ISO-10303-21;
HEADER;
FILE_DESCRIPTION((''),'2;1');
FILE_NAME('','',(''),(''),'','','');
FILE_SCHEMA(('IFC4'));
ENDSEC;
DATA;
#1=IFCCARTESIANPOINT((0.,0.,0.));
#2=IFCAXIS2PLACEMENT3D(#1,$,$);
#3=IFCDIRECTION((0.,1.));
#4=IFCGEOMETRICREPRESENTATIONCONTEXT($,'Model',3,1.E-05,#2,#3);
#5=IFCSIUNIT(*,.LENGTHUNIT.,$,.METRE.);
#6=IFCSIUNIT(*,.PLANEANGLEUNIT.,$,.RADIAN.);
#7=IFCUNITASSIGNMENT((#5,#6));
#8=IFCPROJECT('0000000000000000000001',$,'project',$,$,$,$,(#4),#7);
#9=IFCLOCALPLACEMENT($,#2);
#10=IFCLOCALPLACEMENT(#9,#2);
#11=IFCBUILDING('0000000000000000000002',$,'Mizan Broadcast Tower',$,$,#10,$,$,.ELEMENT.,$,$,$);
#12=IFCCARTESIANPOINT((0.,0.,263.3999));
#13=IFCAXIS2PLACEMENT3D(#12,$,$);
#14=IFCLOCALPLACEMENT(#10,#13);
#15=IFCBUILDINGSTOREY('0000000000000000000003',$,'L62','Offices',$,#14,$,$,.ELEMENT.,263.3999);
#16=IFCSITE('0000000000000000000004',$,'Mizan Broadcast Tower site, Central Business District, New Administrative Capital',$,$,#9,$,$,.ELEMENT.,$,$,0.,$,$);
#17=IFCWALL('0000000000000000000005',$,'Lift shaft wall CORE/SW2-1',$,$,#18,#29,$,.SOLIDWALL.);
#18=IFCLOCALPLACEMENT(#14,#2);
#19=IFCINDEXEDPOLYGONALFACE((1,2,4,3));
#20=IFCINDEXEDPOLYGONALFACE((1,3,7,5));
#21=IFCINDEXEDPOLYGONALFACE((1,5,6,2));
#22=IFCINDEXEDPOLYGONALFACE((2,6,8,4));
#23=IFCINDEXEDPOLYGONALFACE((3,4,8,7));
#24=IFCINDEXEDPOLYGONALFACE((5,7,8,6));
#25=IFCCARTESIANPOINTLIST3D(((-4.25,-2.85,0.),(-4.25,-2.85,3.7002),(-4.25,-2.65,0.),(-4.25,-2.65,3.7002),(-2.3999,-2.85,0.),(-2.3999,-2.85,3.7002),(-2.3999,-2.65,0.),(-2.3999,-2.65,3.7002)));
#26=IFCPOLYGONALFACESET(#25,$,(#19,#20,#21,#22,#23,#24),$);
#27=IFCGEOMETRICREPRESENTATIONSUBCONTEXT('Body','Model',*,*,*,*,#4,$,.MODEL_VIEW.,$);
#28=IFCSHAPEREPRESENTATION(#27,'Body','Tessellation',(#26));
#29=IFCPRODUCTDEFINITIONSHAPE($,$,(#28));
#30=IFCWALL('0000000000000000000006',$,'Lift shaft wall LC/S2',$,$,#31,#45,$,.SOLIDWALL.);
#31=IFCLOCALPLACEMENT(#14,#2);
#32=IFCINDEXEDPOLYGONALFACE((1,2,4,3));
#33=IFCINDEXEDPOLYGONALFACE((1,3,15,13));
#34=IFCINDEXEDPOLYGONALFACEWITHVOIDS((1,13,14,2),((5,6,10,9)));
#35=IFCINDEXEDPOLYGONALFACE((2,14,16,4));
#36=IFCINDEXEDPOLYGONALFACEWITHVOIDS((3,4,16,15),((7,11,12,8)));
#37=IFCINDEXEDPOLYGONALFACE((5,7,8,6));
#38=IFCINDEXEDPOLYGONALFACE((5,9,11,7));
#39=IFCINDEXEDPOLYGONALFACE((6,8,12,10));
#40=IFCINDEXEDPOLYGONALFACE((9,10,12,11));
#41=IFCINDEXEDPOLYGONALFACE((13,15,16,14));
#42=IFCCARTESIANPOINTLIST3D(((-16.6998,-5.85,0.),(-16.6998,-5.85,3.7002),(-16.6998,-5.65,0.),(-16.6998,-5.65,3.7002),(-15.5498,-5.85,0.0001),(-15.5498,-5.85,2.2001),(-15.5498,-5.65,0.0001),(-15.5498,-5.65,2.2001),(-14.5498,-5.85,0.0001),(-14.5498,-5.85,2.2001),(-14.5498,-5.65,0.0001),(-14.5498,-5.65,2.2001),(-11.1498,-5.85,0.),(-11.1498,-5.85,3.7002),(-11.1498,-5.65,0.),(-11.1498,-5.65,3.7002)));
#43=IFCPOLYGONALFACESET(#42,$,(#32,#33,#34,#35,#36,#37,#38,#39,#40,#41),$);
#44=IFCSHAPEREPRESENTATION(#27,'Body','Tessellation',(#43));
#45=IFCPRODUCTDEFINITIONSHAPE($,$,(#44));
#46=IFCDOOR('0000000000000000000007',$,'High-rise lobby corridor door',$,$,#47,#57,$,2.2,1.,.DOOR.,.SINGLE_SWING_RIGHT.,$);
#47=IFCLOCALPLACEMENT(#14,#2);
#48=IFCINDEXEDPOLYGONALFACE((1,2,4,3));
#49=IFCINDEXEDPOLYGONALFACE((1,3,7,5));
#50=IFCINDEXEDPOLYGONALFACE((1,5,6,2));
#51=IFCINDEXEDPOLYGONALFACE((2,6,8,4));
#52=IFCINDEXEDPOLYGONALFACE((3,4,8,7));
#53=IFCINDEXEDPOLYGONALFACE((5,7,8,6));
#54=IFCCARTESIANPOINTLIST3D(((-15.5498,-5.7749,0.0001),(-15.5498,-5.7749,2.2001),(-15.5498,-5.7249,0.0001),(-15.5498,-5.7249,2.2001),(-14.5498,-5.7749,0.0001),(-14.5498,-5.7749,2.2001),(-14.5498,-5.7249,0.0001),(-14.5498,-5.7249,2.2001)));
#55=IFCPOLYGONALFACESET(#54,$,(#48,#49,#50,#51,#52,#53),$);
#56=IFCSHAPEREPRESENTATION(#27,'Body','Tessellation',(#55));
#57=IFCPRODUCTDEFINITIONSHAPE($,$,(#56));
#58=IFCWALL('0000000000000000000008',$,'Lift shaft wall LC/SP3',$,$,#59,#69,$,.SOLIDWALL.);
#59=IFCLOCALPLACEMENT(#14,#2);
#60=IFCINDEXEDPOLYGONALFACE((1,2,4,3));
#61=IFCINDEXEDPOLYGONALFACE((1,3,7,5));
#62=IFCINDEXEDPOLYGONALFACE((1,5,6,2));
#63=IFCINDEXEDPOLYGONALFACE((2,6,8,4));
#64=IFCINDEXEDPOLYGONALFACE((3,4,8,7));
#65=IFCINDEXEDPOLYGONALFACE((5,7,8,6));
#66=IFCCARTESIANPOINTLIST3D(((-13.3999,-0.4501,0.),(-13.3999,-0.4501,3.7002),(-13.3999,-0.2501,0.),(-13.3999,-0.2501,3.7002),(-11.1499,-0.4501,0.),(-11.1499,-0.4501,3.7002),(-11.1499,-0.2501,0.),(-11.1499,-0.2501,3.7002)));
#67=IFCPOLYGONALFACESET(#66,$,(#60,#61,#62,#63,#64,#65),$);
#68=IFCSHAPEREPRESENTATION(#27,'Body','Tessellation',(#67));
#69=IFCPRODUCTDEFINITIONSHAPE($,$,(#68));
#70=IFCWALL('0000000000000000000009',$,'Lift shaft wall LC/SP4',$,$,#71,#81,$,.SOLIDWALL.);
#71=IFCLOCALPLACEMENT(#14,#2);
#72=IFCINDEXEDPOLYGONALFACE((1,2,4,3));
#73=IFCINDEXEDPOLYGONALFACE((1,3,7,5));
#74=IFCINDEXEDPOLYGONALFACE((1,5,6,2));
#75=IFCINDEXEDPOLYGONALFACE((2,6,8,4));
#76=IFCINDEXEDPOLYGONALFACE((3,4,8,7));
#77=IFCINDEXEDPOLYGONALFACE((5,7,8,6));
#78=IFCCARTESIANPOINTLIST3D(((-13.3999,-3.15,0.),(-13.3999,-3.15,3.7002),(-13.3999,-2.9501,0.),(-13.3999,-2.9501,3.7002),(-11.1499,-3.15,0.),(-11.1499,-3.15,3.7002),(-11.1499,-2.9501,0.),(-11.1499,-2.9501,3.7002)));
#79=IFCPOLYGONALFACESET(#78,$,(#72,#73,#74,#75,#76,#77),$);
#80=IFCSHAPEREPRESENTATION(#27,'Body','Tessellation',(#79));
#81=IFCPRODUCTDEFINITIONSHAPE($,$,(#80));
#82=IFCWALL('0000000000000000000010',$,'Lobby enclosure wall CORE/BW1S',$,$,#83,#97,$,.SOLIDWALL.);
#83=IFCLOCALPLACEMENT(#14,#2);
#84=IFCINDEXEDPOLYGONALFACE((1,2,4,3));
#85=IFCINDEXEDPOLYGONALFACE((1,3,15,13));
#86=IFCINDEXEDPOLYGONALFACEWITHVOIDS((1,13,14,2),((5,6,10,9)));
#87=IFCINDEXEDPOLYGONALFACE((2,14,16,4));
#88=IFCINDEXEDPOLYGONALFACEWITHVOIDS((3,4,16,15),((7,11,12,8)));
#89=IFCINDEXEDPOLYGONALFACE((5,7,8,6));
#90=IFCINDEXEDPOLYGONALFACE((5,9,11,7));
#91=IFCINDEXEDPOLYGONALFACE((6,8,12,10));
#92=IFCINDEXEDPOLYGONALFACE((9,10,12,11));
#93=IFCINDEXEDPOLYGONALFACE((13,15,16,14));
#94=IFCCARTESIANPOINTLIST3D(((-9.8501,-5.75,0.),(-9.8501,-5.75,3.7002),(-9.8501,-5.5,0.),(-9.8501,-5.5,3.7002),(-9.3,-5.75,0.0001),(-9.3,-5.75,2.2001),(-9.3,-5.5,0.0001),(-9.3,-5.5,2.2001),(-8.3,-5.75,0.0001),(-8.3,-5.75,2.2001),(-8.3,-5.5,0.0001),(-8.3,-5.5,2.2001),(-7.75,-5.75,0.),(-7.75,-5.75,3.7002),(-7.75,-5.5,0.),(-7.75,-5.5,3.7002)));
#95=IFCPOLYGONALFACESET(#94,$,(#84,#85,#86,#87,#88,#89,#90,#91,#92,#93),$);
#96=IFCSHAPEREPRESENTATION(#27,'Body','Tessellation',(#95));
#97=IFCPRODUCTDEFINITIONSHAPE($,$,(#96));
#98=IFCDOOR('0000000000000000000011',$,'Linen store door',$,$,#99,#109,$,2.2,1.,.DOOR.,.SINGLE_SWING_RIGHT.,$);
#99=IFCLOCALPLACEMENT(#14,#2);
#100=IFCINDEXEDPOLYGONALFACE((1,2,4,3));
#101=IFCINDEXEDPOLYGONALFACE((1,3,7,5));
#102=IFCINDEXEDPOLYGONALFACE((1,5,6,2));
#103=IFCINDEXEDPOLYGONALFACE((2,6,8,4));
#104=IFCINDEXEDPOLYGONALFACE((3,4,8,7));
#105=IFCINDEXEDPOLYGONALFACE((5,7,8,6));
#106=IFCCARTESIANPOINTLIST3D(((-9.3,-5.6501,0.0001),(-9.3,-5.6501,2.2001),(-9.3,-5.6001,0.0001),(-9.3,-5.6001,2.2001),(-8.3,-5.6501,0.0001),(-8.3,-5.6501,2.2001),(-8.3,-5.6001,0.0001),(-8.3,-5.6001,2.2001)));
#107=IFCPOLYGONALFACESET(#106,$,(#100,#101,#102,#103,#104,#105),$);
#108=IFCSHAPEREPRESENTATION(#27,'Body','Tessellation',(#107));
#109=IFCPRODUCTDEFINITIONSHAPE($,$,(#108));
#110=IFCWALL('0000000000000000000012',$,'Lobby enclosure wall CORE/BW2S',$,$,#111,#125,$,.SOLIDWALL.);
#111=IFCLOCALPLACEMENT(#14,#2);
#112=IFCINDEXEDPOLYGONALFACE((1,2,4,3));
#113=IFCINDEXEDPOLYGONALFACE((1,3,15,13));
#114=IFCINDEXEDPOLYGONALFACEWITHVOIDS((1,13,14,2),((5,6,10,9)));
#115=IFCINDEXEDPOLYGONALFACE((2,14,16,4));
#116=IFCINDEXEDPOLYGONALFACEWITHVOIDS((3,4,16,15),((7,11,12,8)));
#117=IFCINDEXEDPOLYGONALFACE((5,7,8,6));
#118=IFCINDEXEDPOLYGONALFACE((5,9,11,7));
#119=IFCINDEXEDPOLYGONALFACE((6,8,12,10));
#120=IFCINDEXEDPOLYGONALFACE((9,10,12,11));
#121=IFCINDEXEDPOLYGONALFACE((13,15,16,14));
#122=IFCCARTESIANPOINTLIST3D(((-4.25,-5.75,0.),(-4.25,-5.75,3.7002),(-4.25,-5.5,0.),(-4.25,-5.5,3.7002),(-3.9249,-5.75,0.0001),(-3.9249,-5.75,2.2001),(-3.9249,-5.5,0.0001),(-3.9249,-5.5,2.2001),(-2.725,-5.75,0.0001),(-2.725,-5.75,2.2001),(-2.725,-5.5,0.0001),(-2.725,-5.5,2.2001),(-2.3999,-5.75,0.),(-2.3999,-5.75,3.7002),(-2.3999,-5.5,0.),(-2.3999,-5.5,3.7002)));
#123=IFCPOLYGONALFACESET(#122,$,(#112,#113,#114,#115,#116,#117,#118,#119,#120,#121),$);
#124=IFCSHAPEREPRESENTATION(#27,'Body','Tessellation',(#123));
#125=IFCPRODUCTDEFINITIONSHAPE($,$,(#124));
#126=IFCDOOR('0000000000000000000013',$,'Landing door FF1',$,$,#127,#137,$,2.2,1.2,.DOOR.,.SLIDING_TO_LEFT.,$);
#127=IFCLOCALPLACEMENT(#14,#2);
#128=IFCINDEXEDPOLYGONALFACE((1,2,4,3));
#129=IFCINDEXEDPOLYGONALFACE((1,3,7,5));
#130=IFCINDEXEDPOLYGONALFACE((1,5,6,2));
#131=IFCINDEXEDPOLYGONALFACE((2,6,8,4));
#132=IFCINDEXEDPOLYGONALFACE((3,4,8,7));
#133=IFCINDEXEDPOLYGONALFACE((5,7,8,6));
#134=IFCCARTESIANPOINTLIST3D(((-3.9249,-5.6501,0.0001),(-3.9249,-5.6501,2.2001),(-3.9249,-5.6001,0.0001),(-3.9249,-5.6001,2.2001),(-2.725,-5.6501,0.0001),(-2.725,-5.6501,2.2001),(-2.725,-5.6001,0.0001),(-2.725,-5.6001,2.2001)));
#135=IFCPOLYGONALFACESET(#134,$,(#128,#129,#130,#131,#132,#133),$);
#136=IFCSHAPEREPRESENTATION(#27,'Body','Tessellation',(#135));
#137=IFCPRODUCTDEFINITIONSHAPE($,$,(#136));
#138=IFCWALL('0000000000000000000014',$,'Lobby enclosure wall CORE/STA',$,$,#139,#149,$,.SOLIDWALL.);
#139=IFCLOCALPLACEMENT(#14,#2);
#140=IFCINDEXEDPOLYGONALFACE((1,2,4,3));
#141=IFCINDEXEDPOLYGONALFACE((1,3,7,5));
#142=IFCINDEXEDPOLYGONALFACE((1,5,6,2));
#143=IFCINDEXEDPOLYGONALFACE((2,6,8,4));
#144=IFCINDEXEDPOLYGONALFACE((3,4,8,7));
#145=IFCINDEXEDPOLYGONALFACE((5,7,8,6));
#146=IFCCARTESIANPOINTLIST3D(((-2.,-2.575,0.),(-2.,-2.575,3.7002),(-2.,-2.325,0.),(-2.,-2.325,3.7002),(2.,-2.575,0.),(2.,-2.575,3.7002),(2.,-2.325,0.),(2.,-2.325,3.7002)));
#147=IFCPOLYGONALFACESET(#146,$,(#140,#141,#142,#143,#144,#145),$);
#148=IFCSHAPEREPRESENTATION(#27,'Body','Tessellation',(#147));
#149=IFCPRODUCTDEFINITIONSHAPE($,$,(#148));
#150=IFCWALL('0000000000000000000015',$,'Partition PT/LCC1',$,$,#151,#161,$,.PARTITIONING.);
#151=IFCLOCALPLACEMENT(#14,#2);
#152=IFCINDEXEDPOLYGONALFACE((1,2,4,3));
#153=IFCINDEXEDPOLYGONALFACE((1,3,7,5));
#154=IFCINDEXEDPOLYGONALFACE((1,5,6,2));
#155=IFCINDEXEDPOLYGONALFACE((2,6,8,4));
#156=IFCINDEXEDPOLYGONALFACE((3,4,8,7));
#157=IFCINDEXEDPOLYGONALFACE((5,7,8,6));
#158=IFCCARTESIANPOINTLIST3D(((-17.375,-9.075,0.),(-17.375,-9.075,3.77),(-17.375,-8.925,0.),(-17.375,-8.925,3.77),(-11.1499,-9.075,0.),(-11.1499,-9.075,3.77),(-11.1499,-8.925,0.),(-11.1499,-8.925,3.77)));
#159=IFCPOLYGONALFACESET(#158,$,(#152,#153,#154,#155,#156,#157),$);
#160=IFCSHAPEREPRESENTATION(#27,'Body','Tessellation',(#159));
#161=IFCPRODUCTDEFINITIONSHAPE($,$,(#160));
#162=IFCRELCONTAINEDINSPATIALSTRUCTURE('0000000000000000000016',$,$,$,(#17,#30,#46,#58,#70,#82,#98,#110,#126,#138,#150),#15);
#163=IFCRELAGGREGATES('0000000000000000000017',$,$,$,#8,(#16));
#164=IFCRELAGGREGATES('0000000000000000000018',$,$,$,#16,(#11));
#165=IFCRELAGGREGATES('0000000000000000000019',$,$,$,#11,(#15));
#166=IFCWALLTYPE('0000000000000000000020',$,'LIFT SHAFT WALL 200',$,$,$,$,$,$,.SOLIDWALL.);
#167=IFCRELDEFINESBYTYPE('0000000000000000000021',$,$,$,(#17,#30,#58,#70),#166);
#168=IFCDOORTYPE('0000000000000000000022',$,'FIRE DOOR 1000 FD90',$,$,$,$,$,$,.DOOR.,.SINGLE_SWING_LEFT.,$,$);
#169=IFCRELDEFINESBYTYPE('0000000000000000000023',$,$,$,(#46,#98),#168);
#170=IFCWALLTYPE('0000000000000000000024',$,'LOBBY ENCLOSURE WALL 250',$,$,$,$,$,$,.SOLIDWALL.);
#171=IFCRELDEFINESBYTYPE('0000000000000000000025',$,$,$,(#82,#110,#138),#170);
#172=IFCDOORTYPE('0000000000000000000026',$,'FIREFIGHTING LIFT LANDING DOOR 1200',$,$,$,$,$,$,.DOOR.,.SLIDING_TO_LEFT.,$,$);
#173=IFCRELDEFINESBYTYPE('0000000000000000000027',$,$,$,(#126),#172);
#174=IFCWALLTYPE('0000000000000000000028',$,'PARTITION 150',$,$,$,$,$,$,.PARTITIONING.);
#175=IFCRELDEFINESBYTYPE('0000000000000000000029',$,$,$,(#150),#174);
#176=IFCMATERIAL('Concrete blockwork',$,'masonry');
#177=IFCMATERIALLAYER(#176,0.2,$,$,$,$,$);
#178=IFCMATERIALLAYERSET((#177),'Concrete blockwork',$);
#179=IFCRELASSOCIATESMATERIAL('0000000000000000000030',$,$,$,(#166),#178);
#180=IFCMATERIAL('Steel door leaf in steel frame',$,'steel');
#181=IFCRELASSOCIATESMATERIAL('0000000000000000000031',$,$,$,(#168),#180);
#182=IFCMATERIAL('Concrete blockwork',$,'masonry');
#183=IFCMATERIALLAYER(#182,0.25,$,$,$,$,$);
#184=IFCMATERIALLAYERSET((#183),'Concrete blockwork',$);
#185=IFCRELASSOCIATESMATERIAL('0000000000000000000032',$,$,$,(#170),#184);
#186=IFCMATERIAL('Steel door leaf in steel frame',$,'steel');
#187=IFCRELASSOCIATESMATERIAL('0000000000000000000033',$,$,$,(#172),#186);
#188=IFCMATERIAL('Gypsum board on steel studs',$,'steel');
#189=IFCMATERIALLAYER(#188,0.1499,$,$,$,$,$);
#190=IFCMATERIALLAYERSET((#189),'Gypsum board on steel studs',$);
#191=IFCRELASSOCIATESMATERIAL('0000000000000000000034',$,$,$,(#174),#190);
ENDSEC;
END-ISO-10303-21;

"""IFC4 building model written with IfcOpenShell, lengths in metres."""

from ifc_helpers import new_model, si_unit, direction, frame, frame_2d, origin, place, context, subcontext, project, spatial, rectangle, extrude, material, layer, layer_set, type_object, element, fill, save


model = new_model("IFC4")

# Units and contexts
model_context = context("Model", 3, precision=1e-05, world=origin(), true_north=direction((0.0, 1.0)))
body_context = subcontext(model_context, "Body", "Model", "MODEL_VIEW")
ifc_project = project(units=[si_unit("LENGTHUNIT", "METRE"), si_unit("PLANEANGLEUNIT", "RADIAN")], contexts=[model_context])

# Site, building, storey
site_placement = place(None, origin())
site = spatial("IfcSite", under=ifc_project, at=site_placement, Name="Mizan Broadcast Tower site, Central Business District, New Administrative Capital", CompositionType="ELEMENT", RefElevation=0.0)
building_placement = place(site_placement, origin())
building = spatial("IfcBuilding", under=site, at=building_placement, Name="Mizan Broadcast Tower", CompositionType="ELEMENT")
storey_placement = place(building_placement, frame((0.0, 0.0, 263.3999)))
storey = spatial("IfcBuildingStorey", under=building, at=storey_placement, Name="L62", Description="Offices", CompositionType="ELEMENT", Elevation=263.3999)

# Wall
ifc_material_1 = material(Name="Concrete blockwork", Category="masonry")
ifc_layer_1 = layer(ifc_material_1, 0.2)
ifc_layer_set_1 = layer_set([ifc_layer_1], Name="Concrete blockwork")
wall_type_1 = type_object("IfcWallType", Name="LIFT SHAFT WALL 200", PredefinedType="SOLIDWALL", material=ifc_layer_set_1)
wall_1_placement = place(storey_placement, frame((-4.25, -2.75, 0.0), z_axis=(0.0, 0.0, 1.0), x_axis=(1.0, 0.0, 0.0)))
element("IfcWall", 1, at=wall_1_placement, inside=storey, type_object=wall_type_1, Name="Lift shaft wall CORE/SW2-1", PredefinedType="SOLIDWALL", context=body_context, shape_type="SweptSolid", body=[
    extrude(rectangle(XDim=1.8501, YDim=0.2, at=frame_2d((0.925, 0.0))), origin(), (0.0, 0.0, 1.0), 3.7002),
])

# Wall, opening, door
wall_2_placement = place(storey_placement, frame((-11.1499, -5.75, 0.0), z_axis=(0.0, 0.0, 1.0), x_axis=(-1.0, 0.0, 0.0)))
wall_2 = element("IfcWall", 2, at=wall_2_placement, inside=storey, type_object=wall_type_1, Name="Lift shaft wall LC/S2", PredefinedType="SOLIDWALL", context=body_context, shape_type="SweptSolid", body=[
    extrude(rectangle(XDim=5.55, YDim=0.2, at=frame_2d((2.7749, 0.0))), origin(), (0.0, 0.0, 1.0), 3.7002),
])
opening_1_placement = place(wall_2_placement, frame((3.3999, 0.0, 0.0)))
opening_1 = element("IfcOpeningElement", 3, at=opening_1_placement, cuts=wall_2, PredefinedType="OPENING", context=body_context, shape_type="SweptSolid", body=[
    extrude(rectangle(XDim=1.0, YDim=2.2, at=frame_2d((0.5, 1.1001))), frame((0.0, 0.1099, 0.0), z_axis=(0.0, -1.0, 0.0), x_axis=(1.0, 0.0, 0.0)), (0.0, 0.0, 1.0), 0.22),
])
ifc_material_2 = material(Name="Steel door leaf in steel frame", Category="steel")
door_type_1 = type_object("IfcDoorType", Name="FIRE DOOR 1000 FD90", OperationType="SINGLE_SWING_LEFT", PredefinedType="DOOR", material=ifc_material_2)
door_1_placement = place(opening_1_placement, origin())
door_1 = element("IfcDoor", 4, at=door_1_placement, inside=storey, type_object=door_type_1, Name="High-rise lobby corridor door", OperationType="SINGLE_SWING_RIGHT", OverallHeight=2.2, OverallWidth=1.0, PredefinedType="DOOR", context=body_context, shape_type="SweptSolid", body=[
    extrude(rectangle(XDim=1.0, YDim=2.2, at=frame_2d((0.5, 1.1001))), frame((0.0, 0.0249, 0.0), z_axis=(0.0, -1.0, 0.0), x_axis=(1.0, 0.0, 0.0)), (0.0, 0.0, 1.0), 0.05),
])
fill(opening_1, door_1)

# Walls
for number, where, z_axis, x_axis, name in (
    (5, (-11.1499, -0.3501, 0.0), (0.0, 0.0, 1.0), (-1.0, 0.0, 0.0), "Lift shaft wall LC/SP3"),
    (6, (-11.1499, -3.05, 0.0), (0.0, 0.0, 1.0), (-1.0, 0.0, 0.0), "Lift shaft wall LC/SP4"),
):
    element("IfcWall", number, at=place(storey_placement, frame(where, z_axis=z_axis, x_axis=x_axis)), inside=storey, type_object=wall_type_1, Name=name, PredefinedType="SOLIDWALL", context=body_context, shape_type="SweptSolid", body=[
        extrude(rectangle(XDim=2.25, YDim=0.2, at=frame_2d((1.125, 0.0))), origin(), (0.0, 0.0, 1.0), 3.7002),
    ])

# Walls, openings, doors
ifc_material_3 = material(Name="Concrete blockwork", Category="masonry")
ifc_layer_2 = layer(ifc_material_3, 0.25)
ifc_layer_set_2 = layer_set([ifc_layer_2], Name="Concrete blockwork")
wall_type_2 = type_object("IfcWallType", Name="LOBBY ENCLOSURE WALL 250", PredefinedType="SOLIDWALL", material=ifc_layer_set_2)
wall_3_placement = place(storey_placement, frame((-9.8501, -5.625, 0.0), z_axis=(0.0, 0.0, 1.0), x_axis=(1.0, 0.0, 0.0)))
wall_3 = element("IfcWall", 7, at=wall_3_placement, inside=storey, type_object=wall_type_2, Name="Lobby enclosure wall CORE/BW1S", PredefinedType="SOLIDWALL", context=body_context, shape_type="SweptSolid", body=[
    extrude(rectangle(XDim=2.1001, YDim=0.25, at=frame_2d((1.05, 0.0))), origin(), (0.0, 0.0, 1.0), 3.7002),
])
opening_2_placement = place(wall_3_placement, frame((0.55, 0.0, 0.0)))
opening_2 = element("IfcOpeningElement", 8, at=opening_2_placement, cuts=wall_3, PredefinedType="OPENING", context=body_context, shape_type="SweptSolid", body=[
    extrude(rectangle(XDim=1.0, YDim=2.2, at=frame_2d((0.5, 1.1001))), frame((0.0, 0.135, 0.0), z_axis=(0.0, -1.0, 0.0), x_axis=(1.0, 0.0, 0.0)), (0.0, 0.0, 1.0), 0.27),
])
door_2_placement = place(opening_2_placement, origin())
door_2 = element("IfcDoor", 9, at=door_2_placement, inside=storey, type_object=door_type_1, Name="Linen store door", OperationType="SINGLE_SWING_RIGHT", OverallHeight=2.2, OverallWidth=1.0, PredefinedType="DOOR", context=body_context, shape_type="SweptSolid", body=[
    extrude(rectangle(XDim=1.0, YDim=2.2, at=frame_2d((0.5, 1.1001))), frame((0.0, 0.0249, 0.0), z_axis=(0.0, -1.0, 0.0), x_axis=(1.0, 0.0, 0.0)), (0.0, 0.0, 1.0), 0.05),
])
fill(opening_2, door_2)
wall_4_placement = place(storey_placement, frame((-4.25, -5.625, 0.0), z_axis=(0.0, 0.0, 1.0), x_axis=(1.0, 0.0, 0.0)))
wall_4 = element("IfcWall", 10, at=wall_4_placement, inside=storey, type_object=wall_type_2, Name="Lobby enclosure wall CORE/BW2S", PredefinedType="SOLIDWALL", context=body_context, shape_type="SweptSolid", body=[
    extrude(rectangle(XDim=1.8501, YDim=0.25, at=frame_2d((0.925, 0.0))), origin(), (0.0, 0.0, 1.0), 3.7002),
])
opening_3_placement = place(wall_4_placement, frame((0.325, 0.0, 0.0)))
opening_3 = element("IfcOpeningElement", 11, at=opening_3_placement, cuts=wall_4, PredefinedType="OPENING", context=body_context, shape_type="SweptSolid", body=[
    extrude(rectangle(XDim=1.2, YDim=2.2, at=frame_2d((0.6001, 1.1001))), frame((0.0, 0.135, 0.0), z_axis=(0.0, -1.0, 0.0), x_axis=(1.0, 0.0, 0.0)), (0.0, 0.0, 1.0), 0.27),
])
ifc_material_4 = material(Name="Steel door leaf in steel frame", Category="steel")
door_type_2 = type_object("IfcDoorType", Name="FIREFIGHTING LIFT LANDING DOOR 1200", OperationType="SLIDING_TO_LEFT", PredefinedType="DOOR", material=ifc_material_4)
door_3_placement = place(opening_3_placement, origin())
door_3 = element("IfcDoor", 12, at=door_3_placement, inside=storey, type_object=door_type_2, Name="Landing door FF1", OperationType="SLIDING_TO_LEFT", OverallHeight=2.2, OverallWidth=1.2, PredefinedType="DOOR", context=body_context, shape_type="SweptSolid", body=[
    extrude(rectangle(XDim=1.2, YDim=2.2, at=frame_2d((0.6001, 1.1001))), frame((0.0, 0.0249, 0.0), z_axis=(0.0, -1.0, 0.0), x_axis=(1.0, 0.0, 0.0)), (0.0, 0.0, 1.0), 0.05),
])
fill(opening_3, door_3)

# Walls
wall_5_placement = place(storey_placement, frame((-2.0, -2.45, 0.0), z_axis=(0.0, 0.0, 1.0), x_axis=(1.0, 0.0, 0.0)))
element("IfcWall", 13, at=wall_5_placement, inside=storey, type_object=wall_type_2, Name="Lobby enclosure wall CORE/STA", PredefinedType="SOLIDWALL", context=body_context, shape_type="SweptSolid", body=[
    extrude(rectangle(XDim=4.0, YDim=0.25, at=frame_2d((2.0, 0.0))), origin(), (0.0, 0.0, 1.0), 3.7002),
])
ifc_material_5 = material(Name="Gypsum board on steel studs", Category="steel")
ifc_layer_3 = layer(ifc_material_5, 0.1499)
ifc_layer_set_3 = layer_set([ifc_layer_3], Name="Gypsum board on steel studs")
wall_type_3 = type_object("IfcWallType", Name="PARTITION 150", PredefinedType="PARTITIONING", material=ifc_layer_set_3)
wall_6_placement = place(storey_placement, frame((-11.1499, -9.0, 0.0), z_axis=(0.0, 0.0, 1.0), x_axis=(-1.0, 0.0, 0.0)))
element("IfcWall", 14, at=wall_6_placement, inside=storey, type_object=wall_type_3, Name="Partition PT/LCC1", PredefinedType="PARTITIONING", context=body_context, shape_type="SweptSolid", body=[
    extrude(rectangle(XDim=6.2251, YDim=0.1499, at=frame_2d((3.1125, 0.0))), origin(), (0.0, 0.0, 1.0), 3.77),
])

save(model, "model.ifc")
